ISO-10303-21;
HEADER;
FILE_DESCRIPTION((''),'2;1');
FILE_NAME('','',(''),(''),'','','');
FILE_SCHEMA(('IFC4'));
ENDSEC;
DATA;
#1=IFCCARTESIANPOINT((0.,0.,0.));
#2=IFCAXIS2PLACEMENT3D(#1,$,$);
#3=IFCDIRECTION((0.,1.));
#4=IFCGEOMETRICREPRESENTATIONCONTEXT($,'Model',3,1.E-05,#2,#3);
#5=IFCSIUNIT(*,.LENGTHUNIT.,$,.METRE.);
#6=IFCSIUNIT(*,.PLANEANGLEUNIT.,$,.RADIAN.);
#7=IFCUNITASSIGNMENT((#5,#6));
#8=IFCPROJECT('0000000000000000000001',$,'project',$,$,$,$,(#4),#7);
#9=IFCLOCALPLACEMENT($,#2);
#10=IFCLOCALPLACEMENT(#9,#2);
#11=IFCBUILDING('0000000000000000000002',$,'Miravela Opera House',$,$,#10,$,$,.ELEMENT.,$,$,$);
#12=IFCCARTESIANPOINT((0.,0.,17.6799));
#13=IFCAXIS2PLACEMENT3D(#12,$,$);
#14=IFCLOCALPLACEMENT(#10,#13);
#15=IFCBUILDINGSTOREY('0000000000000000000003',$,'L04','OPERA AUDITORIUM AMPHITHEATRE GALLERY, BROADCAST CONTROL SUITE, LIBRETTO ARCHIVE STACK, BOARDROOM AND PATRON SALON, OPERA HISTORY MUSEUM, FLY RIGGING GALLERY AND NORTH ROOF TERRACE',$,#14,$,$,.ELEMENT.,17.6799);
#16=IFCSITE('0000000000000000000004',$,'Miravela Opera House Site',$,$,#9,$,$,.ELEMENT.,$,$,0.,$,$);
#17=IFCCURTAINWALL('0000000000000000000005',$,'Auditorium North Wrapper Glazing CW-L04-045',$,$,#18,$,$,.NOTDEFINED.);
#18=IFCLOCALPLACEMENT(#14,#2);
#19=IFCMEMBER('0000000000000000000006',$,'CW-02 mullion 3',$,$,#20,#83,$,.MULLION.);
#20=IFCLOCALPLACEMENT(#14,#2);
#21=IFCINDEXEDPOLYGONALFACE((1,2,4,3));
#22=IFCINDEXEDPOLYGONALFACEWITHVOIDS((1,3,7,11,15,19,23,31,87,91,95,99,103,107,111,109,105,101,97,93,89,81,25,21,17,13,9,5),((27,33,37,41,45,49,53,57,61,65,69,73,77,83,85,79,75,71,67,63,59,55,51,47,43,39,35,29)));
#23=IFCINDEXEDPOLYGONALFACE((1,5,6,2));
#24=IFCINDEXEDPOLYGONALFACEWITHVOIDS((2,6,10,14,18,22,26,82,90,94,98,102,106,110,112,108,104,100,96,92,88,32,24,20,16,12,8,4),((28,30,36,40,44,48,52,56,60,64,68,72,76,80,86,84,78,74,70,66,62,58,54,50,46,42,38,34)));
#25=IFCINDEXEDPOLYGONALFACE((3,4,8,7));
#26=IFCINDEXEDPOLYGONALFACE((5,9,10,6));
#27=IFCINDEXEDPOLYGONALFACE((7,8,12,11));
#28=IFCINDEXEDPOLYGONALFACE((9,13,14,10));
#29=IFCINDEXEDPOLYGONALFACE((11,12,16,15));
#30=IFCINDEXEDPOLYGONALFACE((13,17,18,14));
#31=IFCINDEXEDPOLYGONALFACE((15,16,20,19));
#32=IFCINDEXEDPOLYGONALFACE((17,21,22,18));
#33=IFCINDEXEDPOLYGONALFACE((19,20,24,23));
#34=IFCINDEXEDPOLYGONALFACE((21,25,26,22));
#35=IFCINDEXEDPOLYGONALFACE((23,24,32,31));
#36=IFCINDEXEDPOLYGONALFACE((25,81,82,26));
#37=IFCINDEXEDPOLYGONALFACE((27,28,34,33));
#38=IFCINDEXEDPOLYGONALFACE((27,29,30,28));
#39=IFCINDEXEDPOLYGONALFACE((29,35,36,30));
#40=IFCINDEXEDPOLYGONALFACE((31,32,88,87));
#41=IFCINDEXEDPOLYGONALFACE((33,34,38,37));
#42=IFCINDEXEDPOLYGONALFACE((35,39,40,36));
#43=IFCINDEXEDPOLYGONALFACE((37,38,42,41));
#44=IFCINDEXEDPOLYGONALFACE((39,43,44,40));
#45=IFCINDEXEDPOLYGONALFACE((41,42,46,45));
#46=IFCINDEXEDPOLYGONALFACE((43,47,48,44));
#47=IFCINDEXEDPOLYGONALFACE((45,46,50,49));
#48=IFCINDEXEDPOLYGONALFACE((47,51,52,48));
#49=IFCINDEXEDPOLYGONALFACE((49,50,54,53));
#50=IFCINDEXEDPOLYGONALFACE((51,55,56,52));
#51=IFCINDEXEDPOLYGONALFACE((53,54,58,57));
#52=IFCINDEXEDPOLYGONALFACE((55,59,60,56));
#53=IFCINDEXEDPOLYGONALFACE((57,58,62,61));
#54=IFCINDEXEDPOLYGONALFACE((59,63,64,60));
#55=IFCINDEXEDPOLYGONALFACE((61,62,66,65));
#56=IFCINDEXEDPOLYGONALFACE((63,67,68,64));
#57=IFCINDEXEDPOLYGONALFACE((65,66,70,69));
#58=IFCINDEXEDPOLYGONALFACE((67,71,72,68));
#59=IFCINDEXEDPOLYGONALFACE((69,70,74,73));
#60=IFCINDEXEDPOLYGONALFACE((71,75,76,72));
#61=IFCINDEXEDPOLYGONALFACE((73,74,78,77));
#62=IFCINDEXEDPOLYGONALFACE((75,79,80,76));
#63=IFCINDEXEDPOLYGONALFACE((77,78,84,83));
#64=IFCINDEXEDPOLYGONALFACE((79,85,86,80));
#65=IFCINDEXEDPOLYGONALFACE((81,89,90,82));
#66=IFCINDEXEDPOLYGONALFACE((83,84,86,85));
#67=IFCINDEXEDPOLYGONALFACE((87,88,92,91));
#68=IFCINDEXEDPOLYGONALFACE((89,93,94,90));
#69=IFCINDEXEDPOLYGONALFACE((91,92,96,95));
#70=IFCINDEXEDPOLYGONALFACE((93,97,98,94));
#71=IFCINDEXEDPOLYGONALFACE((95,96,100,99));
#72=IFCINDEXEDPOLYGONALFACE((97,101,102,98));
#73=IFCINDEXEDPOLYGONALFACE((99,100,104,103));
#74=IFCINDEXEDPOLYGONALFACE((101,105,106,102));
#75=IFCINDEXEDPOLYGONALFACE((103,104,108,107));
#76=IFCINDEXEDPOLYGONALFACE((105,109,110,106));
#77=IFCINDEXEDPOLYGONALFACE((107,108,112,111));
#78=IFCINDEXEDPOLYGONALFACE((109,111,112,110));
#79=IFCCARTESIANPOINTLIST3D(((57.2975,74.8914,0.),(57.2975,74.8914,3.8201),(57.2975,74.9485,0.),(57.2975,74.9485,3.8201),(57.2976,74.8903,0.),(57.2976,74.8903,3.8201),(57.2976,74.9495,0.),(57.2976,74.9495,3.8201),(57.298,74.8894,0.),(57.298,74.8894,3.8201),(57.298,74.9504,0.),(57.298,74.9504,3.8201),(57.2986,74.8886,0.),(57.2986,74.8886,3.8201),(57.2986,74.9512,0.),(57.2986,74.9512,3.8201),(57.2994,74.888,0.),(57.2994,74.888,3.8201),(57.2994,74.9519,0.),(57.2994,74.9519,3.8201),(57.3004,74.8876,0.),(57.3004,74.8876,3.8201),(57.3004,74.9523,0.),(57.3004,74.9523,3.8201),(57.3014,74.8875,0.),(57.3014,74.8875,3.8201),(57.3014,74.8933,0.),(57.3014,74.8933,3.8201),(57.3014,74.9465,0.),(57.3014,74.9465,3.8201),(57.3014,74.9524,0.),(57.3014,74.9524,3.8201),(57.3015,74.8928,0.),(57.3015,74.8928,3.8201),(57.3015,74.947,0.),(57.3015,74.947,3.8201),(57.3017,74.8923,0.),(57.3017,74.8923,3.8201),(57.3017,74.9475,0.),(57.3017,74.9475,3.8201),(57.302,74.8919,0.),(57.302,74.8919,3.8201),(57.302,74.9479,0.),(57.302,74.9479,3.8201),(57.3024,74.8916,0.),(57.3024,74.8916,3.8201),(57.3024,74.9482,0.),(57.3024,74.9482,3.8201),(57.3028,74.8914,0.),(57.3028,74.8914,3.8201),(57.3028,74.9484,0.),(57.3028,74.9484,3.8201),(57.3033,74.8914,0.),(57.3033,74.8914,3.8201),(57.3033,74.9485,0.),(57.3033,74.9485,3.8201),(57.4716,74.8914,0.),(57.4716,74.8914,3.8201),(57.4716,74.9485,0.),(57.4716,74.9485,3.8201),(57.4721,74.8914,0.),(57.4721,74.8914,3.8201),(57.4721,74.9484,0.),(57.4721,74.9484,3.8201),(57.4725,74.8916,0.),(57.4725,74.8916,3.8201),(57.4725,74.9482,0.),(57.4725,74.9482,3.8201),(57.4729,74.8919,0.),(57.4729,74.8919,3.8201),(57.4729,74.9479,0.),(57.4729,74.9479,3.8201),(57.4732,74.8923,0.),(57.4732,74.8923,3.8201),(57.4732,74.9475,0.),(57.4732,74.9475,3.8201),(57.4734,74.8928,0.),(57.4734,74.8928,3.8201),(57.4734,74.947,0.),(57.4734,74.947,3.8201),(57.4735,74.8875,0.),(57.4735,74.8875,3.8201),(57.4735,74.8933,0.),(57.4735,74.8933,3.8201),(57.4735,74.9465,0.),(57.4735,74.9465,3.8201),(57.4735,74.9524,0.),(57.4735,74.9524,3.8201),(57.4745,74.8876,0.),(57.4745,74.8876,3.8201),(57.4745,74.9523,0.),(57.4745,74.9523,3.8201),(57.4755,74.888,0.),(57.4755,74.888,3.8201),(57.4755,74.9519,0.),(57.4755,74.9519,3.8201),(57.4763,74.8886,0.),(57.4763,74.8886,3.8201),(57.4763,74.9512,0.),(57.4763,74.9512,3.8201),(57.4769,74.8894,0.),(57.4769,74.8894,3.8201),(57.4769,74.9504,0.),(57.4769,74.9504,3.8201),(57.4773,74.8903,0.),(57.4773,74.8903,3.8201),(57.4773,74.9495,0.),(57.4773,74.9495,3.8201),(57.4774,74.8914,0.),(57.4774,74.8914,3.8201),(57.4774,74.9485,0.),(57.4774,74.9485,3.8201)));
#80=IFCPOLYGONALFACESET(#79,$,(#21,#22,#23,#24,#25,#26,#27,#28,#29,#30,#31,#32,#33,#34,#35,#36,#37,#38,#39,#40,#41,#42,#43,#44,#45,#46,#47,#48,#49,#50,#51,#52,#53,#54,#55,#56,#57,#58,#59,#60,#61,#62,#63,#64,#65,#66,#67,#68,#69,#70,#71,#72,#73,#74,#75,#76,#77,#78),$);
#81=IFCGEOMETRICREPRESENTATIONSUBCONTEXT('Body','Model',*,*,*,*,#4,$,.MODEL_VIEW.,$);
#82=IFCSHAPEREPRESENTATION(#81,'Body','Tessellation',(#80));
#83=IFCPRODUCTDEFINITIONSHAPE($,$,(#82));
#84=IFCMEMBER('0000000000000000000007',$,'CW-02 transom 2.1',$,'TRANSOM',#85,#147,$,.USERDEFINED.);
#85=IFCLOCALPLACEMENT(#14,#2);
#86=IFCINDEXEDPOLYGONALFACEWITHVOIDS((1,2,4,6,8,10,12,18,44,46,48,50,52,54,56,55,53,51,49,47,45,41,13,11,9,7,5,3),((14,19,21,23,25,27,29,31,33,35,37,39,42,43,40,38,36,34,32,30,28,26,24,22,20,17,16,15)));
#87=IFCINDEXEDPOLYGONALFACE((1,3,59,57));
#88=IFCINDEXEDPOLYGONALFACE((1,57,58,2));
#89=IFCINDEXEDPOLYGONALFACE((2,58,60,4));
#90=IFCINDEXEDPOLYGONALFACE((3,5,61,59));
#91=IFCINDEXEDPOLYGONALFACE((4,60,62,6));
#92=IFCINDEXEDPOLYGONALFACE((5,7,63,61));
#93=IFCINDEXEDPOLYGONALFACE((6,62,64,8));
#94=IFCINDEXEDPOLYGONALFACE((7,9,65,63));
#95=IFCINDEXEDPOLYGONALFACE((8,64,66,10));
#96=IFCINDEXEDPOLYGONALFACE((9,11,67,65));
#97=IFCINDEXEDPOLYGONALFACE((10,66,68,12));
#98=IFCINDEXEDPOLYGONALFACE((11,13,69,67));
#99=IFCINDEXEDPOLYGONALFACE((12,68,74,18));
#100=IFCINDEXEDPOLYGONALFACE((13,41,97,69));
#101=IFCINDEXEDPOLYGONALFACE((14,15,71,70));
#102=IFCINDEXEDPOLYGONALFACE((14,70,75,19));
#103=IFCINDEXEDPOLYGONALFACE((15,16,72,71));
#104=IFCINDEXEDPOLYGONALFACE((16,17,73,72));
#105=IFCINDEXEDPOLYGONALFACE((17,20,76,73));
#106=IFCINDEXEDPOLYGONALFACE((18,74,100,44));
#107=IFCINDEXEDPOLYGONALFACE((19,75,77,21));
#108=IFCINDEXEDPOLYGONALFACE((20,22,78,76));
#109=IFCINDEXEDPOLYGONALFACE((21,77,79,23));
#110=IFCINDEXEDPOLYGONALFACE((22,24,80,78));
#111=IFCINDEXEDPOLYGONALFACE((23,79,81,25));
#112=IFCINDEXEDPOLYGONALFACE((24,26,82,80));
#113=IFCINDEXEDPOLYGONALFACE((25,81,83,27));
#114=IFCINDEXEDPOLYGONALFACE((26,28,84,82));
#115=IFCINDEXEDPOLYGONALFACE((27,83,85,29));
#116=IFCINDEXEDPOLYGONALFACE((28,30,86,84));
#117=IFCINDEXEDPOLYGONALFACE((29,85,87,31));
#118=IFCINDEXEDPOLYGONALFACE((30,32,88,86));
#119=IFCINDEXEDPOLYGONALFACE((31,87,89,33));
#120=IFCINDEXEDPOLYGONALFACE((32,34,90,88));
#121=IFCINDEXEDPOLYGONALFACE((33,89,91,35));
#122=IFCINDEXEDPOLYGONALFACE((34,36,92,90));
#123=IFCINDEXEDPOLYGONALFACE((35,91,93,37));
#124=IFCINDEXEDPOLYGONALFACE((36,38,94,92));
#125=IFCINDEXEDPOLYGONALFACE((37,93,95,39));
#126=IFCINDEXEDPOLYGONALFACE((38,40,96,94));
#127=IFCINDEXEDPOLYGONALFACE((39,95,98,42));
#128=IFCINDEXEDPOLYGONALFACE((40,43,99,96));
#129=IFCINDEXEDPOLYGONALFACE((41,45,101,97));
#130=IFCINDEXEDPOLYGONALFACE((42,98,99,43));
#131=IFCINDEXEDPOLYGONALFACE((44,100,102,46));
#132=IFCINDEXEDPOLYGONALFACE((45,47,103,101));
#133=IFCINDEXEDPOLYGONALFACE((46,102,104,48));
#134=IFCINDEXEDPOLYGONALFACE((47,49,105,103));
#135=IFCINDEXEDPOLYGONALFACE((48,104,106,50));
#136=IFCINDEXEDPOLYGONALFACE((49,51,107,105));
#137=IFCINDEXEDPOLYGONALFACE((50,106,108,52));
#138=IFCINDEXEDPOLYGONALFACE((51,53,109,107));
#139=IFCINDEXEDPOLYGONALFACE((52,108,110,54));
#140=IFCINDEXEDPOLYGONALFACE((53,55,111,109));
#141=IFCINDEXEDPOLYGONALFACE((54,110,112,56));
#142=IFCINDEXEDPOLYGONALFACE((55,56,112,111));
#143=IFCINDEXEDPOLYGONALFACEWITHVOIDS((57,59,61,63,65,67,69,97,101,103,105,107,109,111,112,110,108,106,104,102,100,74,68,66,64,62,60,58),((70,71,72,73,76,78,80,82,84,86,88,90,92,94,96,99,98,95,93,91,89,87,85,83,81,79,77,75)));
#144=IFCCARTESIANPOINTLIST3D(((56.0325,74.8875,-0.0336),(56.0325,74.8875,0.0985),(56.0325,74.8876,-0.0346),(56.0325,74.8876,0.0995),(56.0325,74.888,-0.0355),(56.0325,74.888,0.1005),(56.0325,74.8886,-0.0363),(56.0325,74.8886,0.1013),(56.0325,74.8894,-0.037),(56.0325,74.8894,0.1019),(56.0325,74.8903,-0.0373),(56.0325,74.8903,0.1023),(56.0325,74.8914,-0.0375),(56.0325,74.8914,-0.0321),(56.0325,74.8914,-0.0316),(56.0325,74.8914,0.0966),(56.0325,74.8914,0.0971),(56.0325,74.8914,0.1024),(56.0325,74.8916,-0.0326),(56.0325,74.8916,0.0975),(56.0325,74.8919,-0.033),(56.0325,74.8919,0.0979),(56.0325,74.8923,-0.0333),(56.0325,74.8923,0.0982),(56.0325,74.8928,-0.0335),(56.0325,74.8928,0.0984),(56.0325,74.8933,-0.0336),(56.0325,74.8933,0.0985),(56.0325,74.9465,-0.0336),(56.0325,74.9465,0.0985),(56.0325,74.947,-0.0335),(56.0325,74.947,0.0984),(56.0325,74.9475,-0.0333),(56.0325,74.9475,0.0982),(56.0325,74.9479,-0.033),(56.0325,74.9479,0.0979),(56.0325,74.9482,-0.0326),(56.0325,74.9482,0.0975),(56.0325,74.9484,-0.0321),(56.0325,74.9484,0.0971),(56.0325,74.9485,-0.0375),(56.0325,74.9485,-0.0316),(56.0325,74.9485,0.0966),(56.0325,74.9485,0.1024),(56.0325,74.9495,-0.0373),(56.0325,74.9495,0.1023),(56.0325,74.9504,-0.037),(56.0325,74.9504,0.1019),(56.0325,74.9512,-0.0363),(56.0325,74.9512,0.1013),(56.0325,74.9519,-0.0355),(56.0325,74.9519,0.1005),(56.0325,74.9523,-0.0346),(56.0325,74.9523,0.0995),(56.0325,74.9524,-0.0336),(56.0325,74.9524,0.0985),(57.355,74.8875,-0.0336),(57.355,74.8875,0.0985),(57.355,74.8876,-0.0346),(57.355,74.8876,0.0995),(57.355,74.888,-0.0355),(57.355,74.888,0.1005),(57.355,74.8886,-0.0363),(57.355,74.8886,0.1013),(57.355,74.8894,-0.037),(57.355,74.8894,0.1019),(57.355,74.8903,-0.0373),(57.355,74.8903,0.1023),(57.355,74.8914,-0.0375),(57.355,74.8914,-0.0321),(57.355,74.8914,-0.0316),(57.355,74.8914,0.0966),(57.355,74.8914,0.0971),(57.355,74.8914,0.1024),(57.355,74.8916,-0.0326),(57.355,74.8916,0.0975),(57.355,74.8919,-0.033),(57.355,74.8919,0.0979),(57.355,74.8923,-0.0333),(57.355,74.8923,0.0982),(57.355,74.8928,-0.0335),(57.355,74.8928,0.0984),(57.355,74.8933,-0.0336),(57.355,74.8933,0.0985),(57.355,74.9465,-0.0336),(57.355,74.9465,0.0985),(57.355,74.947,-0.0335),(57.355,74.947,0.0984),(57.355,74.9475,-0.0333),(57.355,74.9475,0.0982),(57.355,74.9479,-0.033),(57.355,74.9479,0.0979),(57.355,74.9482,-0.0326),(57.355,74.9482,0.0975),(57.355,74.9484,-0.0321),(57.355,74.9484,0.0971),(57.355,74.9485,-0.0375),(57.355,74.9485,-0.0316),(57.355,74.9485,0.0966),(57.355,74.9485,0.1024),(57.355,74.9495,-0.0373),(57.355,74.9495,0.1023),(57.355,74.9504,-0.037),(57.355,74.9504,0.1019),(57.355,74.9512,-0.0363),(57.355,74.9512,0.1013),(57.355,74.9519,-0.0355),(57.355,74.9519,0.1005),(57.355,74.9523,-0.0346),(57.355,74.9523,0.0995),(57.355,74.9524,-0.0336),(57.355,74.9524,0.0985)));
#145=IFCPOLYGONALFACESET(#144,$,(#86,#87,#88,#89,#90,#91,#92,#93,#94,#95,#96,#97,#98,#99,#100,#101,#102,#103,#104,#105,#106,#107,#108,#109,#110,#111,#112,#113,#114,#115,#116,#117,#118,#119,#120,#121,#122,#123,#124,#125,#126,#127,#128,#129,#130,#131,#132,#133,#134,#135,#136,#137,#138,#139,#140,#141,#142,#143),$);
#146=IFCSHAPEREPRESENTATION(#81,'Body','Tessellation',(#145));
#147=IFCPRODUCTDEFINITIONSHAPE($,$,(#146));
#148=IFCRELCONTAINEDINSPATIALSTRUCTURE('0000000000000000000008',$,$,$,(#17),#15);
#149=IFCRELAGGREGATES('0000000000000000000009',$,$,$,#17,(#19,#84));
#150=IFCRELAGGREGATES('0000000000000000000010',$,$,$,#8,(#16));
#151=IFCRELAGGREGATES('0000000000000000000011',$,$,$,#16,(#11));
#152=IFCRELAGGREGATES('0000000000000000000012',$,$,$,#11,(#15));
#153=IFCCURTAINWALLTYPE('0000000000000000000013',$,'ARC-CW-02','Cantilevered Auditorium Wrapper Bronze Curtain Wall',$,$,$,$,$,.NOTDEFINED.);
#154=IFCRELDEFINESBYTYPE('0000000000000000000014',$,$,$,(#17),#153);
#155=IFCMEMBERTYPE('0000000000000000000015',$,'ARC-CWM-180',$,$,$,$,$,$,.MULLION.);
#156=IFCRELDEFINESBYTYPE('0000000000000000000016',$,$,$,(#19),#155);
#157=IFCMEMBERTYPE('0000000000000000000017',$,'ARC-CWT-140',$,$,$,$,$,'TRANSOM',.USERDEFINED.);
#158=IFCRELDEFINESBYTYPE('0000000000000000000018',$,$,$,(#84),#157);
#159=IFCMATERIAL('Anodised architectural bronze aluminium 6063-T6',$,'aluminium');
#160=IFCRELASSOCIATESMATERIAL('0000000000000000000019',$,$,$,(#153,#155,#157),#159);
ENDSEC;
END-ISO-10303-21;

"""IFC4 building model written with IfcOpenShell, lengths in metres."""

from ifc_helpers import new_model, si_unit, direction, frame, origin, origin_2d, place, context, subcontext, project, spatial, hollow_rectangle, extrude, material, material_profile, profile_set, type_object, element, aggregate, save


model = new_model("IFC4")

# Units and contexts
model_context = context("Model", 3, precision=1e-05, world=origin(), true_north=direction((0.0, 1.0)))
body_context = subcontext(model_context, "Body", "Model", "MODEL_VIEW")
ifc_project = project(units=[si_unit("LENGTHUNIT", "METRE"), si_unit("PLANEANGLEUNIT", "RADIAN")], contexts=[model_context])

# Site, building, storey
site_placement = place(None, origin())
site = spatial("IfcSite", under=ifc_project, at=site_placement, Name="Miravela Opera House Site", CompositionType="ELEMENT", RefElevation=0.0)
building_placement = place(site_placement, origin())
building = spatial("IfcBuilding", under=site, at=building_placement, Name="Miravela Opera House", CompositionType="ELEMENT")
storey_placement = place(building_placement, frame((0.0, 0.0, 17.6799)))
storey = spatial("IfcBuildingStorey", under=building, at=storey_placement, Name="L04", Description="OPERA AUDITORIUM AMPHITHEATRE GALLERY, BROADCAST CONTROL SUITE, LIBRETTO ARCHIVE STACK, BOARDROOM AND PATRON SALON, OPERA HISTORY MUSEUM, FLY RIGGING GALLERY AND NORTH ROOF TERRACE", CompositionType="ELEMENT", Elevation=17.6799)

# Curtain wall, members
ifc_material_1 = material(Name="Anodised architectural bronze aluminium 6063-T6", Category="aluminium")
curtain_wall_type = type_object("IfcCurtainWallType", Name="ARC-CW-02", Description="Cantilevered Auditorium Wrapper Bronze Curtain Wall", PredefinedType="NOTDEFINED", material=ifc_material_1)
curtain_wall_placement = place(storey_placement, origin())
curtain_wall = element("IfcCurtainWall", 1, at=curtain_wall_placement, inside=storey, type_object=curtain_wall_type, Name="Auditorium North Wrapper Glazing CW-L04-045", PredefinedType="NOTDEFINED")
ifc_material_profile_1 = material_profile(ifc_material_1, hollow_rectangle(XDim=0.0649, YDim=0.1799, WallThickness=0.0039, InnerFilletRadius=0.002, OuterFilletRadius=0.0039, at=origin_2d()), Name="CWM-65X180")
ifc_profile_set_1 = profile_set([ifc_material_profile_1])
member_type_1 = type_object("IfcMemberType", Name="ARC-CWM-180", PredefinedType="MULLION", material=ifc_profile_set_1)
member_1_placement = place(storey_placement, frame((57.3875, 74.9199, 0.0), z_axis=(0.0, 0.0, 1.0), x_axis=(0.0, 1.0, 0.0)))
member_1 = element("IfcMember", 2, at=member_1_placement, type_object=member_type_1, Name="CW-02 mullion 3", PredefinedType="MULLION", context=body_context, shape_type="SweptSolid", body=[
    extrude(hollow_rectangle(XDim=0.0649, YDim=0.1799, WallThickness=0.0039, InnerFilletRadius=0.002, OuterFilletRadius=0.0039, at=origin_2d()), origin(), (0.0, 0.0, 1.0), 3.8201),
])
ifc_material_profile_2 = material_profile(ifc_material_1, hollow_rectangle(XDim=0.0649, YDim=0.1399, WallThickness=0.0039, InnerFilletRadius=0.002, OuterFilletRadius=0.0039, at=origin_2d()), Name="CWT-65X140")
ifc_profile_set_2 = profile_set([ifc_material_profile_2])
member_type_2 = type_object("IfcMemberType", Name="ARC-CWT-140", ElementType="TRANSOM", PredefinedType="USERDEFINED", material=ifc_profile_set_2)
member_2_placement = place(storey_placement, frame((56.0325, 74.9199, 0.0325), z_axis=(1.0, 0.0, 0.0), x_axis=(0.0, 1.0, 0.0)))
member_2 = element("IfcMember", 3, at=member_2_placement, type_object=member_type_2, Name="CW-02 transom 2.1", ObjectType="TRANSOM", PredefinedType="USERDEFINED", context=body_context, shape_type="SweptSolid", body=[
    extrude(hollow_rectangle(XDim=0.0649, YDim=0.1399, WallThickness=0.0039, InnerFilletRadius=0.002, OuterFilletRadius=0.0039, at=origin_2d()), origin(), (0.0, 0.0, 1.0), 1.3225),
])

aggregate(curtain_wall, [member_1, member_2])

save(model, "model.ifc")
